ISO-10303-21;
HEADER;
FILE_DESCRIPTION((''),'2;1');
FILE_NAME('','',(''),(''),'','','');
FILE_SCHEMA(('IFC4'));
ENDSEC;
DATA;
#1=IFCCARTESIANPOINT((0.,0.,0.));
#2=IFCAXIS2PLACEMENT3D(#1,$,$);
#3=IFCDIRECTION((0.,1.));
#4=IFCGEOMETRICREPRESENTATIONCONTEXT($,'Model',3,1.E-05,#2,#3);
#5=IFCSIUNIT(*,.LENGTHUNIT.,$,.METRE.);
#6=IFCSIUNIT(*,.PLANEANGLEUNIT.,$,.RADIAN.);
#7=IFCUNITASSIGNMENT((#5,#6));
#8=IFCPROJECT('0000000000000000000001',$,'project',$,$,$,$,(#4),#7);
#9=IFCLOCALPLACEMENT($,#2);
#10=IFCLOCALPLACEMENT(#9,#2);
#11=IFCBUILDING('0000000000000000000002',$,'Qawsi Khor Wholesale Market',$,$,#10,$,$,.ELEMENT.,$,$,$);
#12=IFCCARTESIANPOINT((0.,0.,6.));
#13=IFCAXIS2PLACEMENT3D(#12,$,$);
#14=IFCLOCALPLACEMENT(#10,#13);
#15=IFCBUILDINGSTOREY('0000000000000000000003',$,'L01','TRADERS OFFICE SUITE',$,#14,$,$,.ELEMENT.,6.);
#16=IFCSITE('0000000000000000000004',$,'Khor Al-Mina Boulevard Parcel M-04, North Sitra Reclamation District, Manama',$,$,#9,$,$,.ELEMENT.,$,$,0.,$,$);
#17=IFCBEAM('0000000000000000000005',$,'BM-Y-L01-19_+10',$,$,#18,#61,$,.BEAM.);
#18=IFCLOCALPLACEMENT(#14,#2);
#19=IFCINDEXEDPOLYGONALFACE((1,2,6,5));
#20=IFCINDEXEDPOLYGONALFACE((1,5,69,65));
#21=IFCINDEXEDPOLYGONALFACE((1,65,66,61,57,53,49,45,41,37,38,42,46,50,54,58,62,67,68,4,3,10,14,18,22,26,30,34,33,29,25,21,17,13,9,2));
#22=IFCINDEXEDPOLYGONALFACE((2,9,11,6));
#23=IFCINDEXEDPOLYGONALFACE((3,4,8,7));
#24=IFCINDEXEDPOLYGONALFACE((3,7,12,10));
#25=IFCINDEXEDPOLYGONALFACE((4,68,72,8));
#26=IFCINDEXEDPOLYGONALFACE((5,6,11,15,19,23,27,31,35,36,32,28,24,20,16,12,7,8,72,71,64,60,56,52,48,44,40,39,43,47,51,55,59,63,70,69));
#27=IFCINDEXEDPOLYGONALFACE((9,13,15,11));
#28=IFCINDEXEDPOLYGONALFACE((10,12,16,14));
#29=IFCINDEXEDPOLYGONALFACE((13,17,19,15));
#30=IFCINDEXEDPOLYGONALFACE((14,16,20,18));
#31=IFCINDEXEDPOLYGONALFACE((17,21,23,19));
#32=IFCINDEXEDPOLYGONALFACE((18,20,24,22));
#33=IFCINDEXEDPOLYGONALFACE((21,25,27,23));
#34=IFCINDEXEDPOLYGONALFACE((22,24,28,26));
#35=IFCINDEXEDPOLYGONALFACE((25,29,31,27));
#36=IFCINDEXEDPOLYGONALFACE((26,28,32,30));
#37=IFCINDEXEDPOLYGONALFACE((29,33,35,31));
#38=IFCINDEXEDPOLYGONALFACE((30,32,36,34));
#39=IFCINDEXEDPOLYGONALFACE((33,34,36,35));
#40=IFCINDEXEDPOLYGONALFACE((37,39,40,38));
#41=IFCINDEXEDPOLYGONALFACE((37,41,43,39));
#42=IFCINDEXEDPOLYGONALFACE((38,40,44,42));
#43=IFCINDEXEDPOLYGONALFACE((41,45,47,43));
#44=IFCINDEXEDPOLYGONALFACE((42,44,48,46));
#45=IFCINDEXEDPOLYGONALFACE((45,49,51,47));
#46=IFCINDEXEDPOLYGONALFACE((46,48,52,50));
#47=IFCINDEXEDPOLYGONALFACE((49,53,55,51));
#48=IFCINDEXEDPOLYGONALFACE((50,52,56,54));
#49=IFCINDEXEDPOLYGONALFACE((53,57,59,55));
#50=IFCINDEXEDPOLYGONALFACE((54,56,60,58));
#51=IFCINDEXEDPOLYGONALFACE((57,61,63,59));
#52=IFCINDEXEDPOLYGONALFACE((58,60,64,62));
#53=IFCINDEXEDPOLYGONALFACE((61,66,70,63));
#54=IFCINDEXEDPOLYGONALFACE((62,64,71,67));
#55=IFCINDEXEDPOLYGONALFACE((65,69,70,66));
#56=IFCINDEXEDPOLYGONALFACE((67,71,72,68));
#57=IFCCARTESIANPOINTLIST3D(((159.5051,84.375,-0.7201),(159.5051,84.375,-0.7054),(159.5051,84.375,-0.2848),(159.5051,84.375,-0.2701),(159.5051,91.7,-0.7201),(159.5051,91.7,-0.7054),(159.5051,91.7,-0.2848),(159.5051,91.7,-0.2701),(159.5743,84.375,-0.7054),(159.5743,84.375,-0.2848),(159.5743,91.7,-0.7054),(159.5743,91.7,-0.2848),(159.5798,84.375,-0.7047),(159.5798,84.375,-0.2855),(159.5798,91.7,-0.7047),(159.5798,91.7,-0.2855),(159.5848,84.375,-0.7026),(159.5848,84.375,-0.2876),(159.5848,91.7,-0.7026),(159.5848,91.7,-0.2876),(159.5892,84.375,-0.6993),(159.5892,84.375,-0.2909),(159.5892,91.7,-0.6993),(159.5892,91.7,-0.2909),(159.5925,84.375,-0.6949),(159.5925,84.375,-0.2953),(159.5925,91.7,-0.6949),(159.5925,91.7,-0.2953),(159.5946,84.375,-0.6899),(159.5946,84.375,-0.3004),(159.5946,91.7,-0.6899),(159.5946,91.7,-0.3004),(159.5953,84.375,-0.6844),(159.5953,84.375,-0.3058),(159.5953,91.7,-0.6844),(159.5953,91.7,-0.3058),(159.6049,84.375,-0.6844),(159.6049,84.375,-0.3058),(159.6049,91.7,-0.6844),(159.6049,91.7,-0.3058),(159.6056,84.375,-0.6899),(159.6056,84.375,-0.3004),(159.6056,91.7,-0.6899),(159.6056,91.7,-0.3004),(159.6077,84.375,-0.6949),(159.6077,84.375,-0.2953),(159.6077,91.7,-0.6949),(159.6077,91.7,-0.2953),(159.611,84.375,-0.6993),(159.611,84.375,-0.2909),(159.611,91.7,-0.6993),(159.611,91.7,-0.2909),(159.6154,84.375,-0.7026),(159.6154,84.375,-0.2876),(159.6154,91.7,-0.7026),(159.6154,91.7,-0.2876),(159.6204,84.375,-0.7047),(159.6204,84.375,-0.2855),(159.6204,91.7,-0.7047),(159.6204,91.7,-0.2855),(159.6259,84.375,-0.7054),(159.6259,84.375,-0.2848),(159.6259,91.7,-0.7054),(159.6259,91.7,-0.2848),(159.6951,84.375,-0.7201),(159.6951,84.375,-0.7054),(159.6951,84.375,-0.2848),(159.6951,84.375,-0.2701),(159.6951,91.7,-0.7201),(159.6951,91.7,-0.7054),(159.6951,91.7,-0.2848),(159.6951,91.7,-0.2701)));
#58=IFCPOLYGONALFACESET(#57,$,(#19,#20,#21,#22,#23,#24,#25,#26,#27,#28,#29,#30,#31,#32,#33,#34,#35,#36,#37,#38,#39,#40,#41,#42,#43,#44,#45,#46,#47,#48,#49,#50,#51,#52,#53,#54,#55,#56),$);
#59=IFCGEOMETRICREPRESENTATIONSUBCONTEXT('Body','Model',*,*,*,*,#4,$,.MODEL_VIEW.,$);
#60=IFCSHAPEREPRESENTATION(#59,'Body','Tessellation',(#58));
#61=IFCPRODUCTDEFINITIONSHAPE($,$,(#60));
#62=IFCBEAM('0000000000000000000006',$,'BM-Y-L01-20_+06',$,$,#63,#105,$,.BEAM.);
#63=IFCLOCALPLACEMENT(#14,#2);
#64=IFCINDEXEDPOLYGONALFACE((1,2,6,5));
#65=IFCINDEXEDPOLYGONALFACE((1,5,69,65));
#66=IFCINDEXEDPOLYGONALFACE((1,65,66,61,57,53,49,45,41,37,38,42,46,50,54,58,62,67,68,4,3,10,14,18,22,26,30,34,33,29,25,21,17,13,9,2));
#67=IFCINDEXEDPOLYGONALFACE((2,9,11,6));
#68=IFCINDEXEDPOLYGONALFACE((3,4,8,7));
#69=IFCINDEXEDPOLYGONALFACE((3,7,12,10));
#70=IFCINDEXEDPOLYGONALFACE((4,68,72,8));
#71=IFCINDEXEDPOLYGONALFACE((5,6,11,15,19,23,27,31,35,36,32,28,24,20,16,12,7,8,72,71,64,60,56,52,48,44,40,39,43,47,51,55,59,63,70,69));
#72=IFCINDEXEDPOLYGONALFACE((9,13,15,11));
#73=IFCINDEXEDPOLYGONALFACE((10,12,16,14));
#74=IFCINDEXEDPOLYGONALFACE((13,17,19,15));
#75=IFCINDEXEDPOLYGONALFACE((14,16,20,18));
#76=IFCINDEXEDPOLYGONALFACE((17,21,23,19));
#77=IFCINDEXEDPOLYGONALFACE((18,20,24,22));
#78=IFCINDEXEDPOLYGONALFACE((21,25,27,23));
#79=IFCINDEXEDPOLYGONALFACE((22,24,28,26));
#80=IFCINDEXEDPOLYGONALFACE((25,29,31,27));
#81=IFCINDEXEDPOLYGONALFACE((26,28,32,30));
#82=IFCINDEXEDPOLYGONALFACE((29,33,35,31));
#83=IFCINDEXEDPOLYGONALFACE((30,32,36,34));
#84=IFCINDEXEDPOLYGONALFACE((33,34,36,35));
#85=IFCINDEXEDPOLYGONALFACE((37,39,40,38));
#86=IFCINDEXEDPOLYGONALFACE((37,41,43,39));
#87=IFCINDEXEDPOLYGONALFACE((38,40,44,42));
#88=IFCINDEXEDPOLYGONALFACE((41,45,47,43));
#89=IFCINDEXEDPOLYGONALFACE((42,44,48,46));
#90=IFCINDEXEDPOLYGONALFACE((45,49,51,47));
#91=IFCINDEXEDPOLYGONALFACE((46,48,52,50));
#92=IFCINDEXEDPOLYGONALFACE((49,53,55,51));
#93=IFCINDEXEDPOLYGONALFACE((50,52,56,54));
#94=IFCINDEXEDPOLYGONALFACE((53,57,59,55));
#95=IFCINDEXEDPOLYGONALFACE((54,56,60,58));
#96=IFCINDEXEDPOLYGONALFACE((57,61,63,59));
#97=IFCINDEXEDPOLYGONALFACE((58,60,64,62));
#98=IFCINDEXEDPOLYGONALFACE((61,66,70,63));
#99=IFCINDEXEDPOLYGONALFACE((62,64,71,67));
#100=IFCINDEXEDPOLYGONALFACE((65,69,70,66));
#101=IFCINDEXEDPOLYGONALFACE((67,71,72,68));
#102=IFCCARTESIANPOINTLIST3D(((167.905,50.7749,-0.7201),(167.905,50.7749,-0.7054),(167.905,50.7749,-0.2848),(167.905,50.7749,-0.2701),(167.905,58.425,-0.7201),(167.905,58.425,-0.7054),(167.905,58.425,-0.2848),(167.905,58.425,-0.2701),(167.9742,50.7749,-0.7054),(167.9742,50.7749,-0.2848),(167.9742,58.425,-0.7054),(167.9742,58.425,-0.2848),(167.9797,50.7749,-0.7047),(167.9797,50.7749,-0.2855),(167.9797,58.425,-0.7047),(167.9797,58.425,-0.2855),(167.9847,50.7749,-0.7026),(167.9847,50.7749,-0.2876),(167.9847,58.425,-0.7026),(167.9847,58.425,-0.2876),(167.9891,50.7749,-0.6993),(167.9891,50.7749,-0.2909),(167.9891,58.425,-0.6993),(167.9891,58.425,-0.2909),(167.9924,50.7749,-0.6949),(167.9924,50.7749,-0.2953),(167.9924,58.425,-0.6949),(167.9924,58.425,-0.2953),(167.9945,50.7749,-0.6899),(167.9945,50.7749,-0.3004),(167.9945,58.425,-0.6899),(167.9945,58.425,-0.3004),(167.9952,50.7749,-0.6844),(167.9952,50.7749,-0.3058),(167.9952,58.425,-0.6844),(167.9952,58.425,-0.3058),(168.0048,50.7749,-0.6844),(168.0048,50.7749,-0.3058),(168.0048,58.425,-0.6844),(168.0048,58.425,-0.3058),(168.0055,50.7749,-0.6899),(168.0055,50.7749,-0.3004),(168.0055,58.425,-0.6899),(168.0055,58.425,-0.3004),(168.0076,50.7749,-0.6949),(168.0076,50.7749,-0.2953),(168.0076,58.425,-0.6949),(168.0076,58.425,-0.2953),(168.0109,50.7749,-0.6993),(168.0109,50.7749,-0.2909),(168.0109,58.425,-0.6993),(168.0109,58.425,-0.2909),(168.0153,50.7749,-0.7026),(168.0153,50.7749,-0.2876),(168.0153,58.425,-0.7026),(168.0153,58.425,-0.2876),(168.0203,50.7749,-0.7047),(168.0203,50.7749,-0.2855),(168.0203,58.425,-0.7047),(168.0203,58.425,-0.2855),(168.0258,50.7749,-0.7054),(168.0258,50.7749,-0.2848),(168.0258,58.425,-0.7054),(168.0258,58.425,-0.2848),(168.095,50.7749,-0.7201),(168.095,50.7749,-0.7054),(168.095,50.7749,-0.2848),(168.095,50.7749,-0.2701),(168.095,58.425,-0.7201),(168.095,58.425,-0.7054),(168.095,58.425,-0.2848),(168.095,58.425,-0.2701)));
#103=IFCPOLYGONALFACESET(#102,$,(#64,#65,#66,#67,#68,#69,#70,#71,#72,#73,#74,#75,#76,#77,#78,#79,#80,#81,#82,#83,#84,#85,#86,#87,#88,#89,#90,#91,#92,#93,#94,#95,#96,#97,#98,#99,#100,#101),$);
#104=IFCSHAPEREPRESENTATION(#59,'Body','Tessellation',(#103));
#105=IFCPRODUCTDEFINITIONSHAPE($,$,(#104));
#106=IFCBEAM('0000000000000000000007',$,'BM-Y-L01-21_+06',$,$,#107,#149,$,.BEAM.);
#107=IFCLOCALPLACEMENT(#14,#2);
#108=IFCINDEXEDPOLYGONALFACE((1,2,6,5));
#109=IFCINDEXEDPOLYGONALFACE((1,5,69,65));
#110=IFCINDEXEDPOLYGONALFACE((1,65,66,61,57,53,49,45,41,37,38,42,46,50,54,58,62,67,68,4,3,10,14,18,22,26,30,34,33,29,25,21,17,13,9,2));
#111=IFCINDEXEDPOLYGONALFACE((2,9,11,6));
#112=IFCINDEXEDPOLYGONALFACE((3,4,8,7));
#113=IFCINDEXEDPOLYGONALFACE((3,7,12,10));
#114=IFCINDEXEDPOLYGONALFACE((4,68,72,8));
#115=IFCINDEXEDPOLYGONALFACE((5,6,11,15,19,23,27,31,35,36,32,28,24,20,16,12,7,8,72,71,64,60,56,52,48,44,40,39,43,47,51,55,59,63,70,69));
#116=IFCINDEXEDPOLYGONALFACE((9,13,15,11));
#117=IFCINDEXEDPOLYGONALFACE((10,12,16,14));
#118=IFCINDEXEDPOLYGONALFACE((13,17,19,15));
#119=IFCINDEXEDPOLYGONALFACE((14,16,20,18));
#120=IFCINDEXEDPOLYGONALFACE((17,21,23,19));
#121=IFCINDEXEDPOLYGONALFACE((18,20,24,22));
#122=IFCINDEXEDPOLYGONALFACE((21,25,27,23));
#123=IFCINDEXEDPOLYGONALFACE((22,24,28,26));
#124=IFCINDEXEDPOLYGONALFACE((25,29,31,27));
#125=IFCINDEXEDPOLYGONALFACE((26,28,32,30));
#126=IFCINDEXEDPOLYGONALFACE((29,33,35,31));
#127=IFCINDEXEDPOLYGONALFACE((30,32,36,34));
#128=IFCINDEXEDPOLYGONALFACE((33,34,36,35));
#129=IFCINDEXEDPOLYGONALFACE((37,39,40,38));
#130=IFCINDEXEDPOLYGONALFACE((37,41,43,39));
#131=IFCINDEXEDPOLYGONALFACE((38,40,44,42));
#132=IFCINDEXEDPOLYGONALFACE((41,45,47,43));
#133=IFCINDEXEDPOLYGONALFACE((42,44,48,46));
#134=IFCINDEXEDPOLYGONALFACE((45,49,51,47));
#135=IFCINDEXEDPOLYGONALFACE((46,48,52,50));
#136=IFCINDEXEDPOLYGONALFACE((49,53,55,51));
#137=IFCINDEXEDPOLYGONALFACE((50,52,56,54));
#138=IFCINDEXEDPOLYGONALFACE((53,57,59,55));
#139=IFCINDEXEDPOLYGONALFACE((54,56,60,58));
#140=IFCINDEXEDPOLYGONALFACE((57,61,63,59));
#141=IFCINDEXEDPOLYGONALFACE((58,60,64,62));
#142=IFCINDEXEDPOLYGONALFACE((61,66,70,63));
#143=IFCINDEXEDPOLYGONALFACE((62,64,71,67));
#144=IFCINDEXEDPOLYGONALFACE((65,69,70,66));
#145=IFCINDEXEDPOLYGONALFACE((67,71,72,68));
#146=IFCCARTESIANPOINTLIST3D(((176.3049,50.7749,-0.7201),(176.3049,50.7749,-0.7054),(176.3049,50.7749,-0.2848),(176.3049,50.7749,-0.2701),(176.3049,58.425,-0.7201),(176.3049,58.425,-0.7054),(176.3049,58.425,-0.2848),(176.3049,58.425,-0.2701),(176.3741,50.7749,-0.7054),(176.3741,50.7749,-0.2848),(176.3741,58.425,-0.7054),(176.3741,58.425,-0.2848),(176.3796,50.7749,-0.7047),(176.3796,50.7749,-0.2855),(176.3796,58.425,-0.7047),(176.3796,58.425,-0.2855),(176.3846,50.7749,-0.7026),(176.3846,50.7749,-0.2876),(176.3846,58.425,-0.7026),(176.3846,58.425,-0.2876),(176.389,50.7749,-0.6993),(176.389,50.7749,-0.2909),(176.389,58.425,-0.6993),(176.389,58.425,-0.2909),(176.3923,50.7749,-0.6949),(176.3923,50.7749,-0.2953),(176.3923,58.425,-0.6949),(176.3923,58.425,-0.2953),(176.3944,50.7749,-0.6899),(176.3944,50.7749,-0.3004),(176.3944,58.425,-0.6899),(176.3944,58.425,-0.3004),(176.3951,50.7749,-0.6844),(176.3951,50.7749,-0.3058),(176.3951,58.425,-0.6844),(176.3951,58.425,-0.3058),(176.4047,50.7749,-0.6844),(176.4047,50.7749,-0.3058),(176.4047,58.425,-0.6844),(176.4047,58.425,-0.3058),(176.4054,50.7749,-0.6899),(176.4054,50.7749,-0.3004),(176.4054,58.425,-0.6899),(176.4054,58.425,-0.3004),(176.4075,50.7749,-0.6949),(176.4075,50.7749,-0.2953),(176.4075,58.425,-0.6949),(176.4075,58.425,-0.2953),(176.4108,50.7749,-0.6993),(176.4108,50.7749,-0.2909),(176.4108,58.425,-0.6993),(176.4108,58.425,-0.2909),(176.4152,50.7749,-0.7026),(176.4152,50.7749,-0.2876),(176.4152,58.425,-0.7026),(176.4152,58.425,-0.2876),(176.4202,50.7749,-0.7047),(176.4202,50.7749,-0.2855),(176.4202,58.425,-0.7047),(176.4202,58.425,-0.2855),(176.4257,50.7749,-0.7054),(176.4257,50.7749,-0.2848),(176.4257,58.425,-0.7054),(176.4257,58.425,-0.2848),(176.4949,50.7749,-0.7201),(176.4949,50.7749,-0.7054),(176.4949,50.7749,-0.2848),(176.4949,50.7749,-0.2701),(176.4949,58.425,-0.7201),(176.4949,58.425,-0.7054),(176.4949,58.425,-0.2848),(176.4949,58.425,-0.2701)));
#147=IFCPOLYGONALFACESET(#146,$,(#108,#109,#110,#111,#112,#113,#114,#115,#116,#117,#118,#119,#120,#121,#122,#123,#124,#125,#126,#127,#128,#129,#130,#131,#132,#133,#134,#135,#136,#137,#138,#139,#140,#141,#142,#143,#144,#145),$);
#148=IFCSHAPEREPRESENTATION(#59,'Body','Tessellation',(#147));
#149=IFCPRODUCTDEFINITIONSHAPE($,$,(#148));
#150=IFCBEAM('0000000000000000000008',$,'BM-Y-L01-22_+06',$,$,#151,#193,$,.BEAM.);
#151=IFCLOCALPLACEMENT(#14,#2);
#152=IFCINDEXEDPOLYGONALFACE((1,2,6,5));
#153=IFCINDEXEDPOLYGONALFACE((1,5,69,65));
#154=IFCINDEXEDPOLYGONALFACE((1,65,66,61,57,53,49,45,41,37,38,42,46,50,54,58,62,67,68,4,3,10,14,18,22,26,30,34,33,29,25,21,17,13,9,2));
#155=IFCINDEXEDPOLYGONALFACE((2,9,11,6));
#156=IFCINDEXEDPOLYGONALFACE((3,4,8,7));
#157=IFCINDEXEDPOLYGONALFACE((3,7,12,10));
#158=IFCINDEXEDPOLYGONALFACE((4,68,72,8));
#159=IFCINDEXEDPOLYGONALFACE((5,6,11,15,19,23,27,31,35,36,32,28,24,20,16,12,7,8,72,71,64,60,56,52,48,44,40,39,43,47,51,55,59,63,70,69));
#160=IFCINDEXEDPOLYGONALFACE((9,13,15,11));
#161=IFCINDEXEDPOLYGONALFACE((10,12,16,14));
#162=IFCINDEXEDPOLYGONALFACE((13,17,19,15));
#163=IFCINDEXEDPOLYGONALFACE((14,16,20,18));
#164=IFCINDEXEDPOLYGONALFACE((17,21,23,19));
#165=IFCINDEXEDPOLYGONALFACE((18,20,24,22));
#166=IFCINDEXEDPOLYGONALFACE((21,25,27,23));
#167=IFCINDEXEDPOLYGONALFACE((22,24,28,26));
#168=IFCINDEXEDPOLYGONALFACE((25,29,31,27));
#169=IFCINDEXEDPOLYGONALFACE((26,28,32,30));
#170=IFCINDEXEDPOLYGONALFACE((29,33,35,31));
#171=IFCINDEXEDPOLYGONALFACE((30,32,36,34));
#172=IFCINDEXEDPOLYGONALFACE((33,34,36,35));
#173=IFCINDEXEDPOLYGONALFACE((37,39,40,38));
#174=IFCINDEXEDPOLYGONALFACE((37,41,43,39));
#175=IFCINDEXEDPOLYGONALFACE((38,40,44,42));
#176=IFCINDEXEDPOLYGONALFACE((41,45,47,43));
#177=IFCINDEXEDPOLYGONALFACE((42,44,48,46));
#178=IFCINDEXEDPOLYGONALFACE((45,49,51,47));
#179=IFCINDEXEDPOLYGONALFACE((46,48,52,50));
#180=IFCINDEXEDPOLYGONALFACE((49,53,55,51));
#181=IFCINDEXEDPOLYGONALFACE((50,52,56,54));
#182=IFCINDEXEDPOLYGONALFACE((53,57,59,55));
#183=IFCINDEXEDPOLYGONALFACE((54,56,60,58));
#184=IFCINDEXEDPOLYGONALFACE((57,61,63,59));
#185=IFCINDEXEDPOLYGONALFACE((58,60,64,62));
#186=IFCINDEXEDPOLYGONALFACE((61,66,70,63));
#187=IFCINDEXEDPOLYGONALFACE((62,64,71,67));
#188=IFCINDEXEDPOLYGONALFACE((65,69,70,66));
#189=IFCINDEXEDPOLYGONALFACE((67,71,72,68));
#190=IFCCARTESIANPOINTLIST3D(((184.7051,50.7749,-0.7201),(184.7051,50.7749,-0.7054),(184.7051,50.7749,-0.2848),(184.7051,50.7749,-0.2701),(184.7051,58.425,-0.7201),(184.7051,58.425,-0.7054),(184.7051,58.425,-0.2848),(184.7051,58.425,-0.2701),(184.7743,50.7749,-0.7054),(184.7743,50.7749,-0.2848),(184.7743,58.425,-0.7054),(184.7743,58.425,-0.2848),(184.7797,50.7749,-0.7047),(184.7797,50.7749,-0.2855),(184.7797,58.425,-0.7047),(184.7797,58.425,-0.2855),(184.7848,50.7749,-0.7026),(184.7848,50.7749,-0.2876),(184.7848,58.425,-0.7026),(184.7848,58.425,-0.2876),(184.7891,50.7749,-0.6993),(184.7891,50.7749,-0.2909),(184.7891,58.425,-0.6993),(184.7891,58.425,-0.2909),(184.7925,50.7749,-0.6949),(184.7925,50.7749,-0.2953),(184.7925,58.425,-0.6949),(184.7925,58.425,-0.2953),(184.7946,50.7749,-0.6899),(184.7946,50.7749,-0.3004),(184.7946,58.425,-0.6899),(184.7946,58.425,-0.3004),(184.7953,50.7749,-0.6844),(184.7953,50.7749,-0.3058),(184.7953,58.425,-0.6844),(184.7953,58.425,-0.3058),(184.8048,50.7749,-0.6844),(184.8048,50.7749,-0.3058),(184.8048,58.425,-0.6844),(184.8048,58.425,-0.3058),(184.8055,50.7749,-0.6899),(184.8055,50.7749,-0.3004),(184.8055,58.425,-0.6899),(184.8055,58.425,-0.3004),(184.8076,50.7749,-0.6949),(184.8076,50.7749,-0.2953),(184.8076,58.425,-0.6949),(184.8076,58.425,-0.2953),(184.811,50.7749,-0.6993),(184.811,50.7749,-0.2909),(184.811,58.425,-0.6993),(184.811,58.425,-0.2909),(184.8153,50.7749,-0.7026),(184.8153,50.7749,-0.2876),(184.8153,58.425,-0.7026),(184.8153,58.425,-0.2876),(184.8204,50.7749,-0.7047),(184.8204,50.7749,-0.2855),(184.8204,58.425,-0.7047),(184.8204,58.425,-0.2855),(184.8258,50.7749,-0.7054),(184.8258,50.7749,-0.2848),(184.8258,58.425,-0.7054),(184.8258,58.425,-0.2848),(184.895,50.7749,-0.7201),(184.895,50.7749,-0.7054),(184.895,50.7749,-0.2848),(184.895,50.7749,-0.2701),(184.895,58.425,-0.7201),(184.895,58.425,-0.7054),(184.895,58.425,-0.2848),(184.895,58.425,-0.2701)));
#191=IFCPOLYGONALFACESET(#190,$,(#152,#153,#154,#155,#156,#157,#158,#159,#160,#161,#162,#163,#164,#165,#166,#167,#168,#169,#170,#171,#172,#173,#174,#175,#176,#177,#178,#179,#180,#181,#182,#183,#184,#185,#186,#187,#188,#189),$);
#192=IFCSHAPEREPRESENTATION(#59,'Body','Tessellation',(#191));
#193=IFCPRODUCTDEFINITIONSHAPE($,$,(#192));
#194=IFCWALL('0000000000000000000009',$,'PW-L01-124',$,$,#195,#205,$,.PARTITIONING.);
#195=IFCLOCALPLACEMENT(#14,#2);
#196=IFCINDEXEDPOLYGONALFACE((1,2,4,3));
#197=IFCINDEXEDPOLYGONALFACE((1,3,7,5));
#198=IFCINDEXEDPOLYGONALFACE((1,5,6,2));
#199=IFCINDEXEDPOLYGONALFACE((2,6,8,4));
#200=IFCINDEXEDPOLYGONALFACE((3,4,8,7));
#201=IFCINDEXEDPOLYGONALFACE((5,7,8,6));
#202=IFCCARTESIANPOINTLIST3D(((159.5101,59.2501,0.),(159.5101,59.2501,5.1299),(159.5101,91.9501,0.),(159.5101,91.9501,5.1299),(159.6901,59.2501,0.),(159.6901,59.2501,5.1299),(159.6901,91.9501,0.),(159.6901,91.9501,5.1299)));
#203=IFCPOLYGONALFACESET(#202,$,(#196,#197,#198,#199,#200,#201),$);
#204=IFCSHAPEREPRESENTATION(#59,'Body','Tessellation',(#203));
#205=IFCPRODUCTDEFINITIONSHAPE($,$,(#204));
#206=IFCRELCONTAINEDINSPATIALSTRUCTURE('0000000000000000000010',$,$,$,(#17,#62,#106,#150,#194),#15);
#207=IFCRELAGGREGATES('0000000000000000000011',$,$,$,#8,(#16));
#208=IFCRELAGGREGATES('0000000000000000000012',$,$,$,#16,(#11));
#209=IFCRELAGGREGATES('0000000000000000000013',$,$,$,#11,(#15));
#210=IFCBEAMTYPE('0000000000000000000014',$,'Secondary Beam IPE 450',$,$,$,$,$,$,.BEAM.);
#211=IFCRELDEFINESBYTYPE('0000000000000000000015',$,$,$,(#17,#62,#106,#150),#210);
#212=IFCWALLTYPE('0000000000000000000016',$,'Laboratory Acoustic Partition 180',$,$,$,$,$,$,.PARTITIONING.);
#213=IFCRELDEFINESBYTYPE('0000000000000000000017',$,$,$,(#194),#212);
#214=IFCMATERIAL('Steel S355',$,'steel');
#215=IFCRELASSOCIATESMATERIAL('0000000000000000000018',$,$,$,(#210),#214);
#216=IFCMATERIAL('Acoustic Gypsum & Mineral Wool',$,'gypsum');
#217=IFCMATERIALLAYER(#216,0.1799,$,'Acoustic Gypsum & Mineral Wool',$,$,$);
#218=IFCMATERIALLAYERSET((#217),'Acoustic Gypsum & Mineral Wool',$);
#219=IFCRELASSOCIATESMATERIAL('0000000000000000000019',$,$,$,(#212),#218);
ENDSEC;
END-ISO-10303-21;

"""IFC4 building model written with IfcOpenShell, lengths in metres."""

from ifc_helpers import new_model, si_unit, direction, frame, frame_2d, origin, origin_2d, place, context, subcontext, project, spatial, rectangle, i_section, extrude, material, layer, layer_set, material_profile, profile_set, type_object, element, save


model = new_model("IFC4")

# Units and contexts
model_context = context("Model", 3, precision=1e-05, world=origin(), true_north=direction((0.0, 1.0)))
body_context = subcontext(model_context, "Body", "Model", "MODEL_VIEW")
ifc_project = project(units=[si_unit("LENGTHUNIT", "METRE"), si_unit("PLANEANGLEUNIT", "RADIAN")], contexts=[model_context])

# Site, building, storey
site_placement = place(None, origin())
site = spatial("IfcSite", under=ifc_project, at=site_placement, Name="Khor Al-Mina Boulevard Parcel M-04, North Sitra Reclamation District, Manama", CompositionType="ELEMENT", RefElevation=0.0)
building_placement = place(site_placement, origin())
building = spatial("IfcBuilding", under=site, at=building_placement, Name="Qawsi Khor Wholesale Market", CompositionType="ELEMENT")
storey_placement = place(building_placement, frame((0.0, 0.0, 6.0)))
storey = spatial("IfcBuildingStorey", under=building, at=storey_placement, Name="L01", Description="TRADERS OFFICE SUITE", CompositionType="ELEMENT", Elevation=6.0)

# Beams
ifc_material_1 = material(Name="Steel S355", Category="steel")
ifc_material_profile_1 = material_profile(ifc_material_1, i_section(OverallWidth=0.1899, OverallDepth=0.45, WebThickness=0.0095, FlangeThickness=0.0146, FilletRadius=0.021, at=origin_2d()), Name="IPE 450")
ifc_profile_set_1 = profile_set([ifc_material_profile_1], Name="Steel S355")
beam_type_1 = type_object("IfcBeamType", Name="Secondary Beam IPE 450", PredefinedType="BEAM", material=ifc_profile_set_1)
beam_1_placement = place(storey_placement, frame((159.6001, 84.375, -0.4951), z_axis=(0.0, 1.0, 0.0), x_axis=(-1.0, 0.0, 0.0)))
element("IfcBeam", 1, at=beam_1_placement, inside=storey, type_object=beam_type_1, Name="BM-Y-L01-19_+10", PredefinedType="BEAM", context=body_context, shape_type="SweptSolid", body=[
    extrude(i_section(OverallWidth=0.1899, OverallDepth=0.45, WebThickness=0.0095, FlangeThickness=0.0146, FilletRadius=0.021, at=origin_2d()), origin(), (0.0, 0.0, 1.0), 7.325),
])
for number, where, z_axis, x_axis, name in (
    (2, (168.0, 50.7749, -0.4951), (0.0, 1.0, 0.0), (-1.0, 0.0, 0.0), "BM-Y-L01-20_+06"),
    (3, (176.3999, 50.7749, -0.4951), (0.0, 1.0, 0.0), (-1.0, 0.0, 0.0), "BM-Y-L01-21_+06"),
    (4, (184.8, 50.7749, -0.4951), (0.0, 1.0, 0.0), (-1.0, 0.0, 0.0), "BM-Y-L01-22_+06"),
):
    element("IfcBeam", number, at=place(storey_placement, frame(where, z_axis=z_axis, x_axis=x_axis)), inside=storey, type_object=beam_type_1, Name=name, PredefinedType="BEAM", context=body_context, shape_type="SweptSolid", body=[
        extrude(i_section(OverallWidth=0.1899, OverallDepth=0.45, WebThickness=0.0095, FlangeThickness=0.0146, FilletRadius=0.021, at=origin_2d()), origin(), (0.0, 0.0, 1.0), 7.6501),
    ])

# Wall
ifc_material_2 = material(Name="Acoustic Gypsum & Mineral Wool", Category="gypsum")
ifc_layer = layer(ifc_material_2, 0.1799, Name="Acoustic Gypsum & Mineral Wool")
ifc_layer_set = layer_set([ifc_layer], Name="Acoustic Gypsum & Mineral Wool")
wall_type = type_object("IfcWallType", Name="Laboratory Acoustic Partition 180", PredefinedType="PARTITIONING", material=ifc_layer_set)
wall_placement = place(storey_placement, frame((159.6001, 59.25, 0.0), z_axis=(0.0, 0.0, 1.0), x_axis=(0.0, 1.0, 0.0)))
element("IfcWall", 5, at=wall_placement, inside=storey, type_object=wall_type, Name="PW-L01-124", PredefinedType="PARTITIONING", context=body_context, shape_type="SweptSolid", body=[
    extrude(rectangle(XDim=32.7, YDim=0.1799, at=frame_2d((16.3501, 0.0))), origin(), (0.0, 0.0, 1.0), 5.1299),
])

save(model, "model.ifc")
